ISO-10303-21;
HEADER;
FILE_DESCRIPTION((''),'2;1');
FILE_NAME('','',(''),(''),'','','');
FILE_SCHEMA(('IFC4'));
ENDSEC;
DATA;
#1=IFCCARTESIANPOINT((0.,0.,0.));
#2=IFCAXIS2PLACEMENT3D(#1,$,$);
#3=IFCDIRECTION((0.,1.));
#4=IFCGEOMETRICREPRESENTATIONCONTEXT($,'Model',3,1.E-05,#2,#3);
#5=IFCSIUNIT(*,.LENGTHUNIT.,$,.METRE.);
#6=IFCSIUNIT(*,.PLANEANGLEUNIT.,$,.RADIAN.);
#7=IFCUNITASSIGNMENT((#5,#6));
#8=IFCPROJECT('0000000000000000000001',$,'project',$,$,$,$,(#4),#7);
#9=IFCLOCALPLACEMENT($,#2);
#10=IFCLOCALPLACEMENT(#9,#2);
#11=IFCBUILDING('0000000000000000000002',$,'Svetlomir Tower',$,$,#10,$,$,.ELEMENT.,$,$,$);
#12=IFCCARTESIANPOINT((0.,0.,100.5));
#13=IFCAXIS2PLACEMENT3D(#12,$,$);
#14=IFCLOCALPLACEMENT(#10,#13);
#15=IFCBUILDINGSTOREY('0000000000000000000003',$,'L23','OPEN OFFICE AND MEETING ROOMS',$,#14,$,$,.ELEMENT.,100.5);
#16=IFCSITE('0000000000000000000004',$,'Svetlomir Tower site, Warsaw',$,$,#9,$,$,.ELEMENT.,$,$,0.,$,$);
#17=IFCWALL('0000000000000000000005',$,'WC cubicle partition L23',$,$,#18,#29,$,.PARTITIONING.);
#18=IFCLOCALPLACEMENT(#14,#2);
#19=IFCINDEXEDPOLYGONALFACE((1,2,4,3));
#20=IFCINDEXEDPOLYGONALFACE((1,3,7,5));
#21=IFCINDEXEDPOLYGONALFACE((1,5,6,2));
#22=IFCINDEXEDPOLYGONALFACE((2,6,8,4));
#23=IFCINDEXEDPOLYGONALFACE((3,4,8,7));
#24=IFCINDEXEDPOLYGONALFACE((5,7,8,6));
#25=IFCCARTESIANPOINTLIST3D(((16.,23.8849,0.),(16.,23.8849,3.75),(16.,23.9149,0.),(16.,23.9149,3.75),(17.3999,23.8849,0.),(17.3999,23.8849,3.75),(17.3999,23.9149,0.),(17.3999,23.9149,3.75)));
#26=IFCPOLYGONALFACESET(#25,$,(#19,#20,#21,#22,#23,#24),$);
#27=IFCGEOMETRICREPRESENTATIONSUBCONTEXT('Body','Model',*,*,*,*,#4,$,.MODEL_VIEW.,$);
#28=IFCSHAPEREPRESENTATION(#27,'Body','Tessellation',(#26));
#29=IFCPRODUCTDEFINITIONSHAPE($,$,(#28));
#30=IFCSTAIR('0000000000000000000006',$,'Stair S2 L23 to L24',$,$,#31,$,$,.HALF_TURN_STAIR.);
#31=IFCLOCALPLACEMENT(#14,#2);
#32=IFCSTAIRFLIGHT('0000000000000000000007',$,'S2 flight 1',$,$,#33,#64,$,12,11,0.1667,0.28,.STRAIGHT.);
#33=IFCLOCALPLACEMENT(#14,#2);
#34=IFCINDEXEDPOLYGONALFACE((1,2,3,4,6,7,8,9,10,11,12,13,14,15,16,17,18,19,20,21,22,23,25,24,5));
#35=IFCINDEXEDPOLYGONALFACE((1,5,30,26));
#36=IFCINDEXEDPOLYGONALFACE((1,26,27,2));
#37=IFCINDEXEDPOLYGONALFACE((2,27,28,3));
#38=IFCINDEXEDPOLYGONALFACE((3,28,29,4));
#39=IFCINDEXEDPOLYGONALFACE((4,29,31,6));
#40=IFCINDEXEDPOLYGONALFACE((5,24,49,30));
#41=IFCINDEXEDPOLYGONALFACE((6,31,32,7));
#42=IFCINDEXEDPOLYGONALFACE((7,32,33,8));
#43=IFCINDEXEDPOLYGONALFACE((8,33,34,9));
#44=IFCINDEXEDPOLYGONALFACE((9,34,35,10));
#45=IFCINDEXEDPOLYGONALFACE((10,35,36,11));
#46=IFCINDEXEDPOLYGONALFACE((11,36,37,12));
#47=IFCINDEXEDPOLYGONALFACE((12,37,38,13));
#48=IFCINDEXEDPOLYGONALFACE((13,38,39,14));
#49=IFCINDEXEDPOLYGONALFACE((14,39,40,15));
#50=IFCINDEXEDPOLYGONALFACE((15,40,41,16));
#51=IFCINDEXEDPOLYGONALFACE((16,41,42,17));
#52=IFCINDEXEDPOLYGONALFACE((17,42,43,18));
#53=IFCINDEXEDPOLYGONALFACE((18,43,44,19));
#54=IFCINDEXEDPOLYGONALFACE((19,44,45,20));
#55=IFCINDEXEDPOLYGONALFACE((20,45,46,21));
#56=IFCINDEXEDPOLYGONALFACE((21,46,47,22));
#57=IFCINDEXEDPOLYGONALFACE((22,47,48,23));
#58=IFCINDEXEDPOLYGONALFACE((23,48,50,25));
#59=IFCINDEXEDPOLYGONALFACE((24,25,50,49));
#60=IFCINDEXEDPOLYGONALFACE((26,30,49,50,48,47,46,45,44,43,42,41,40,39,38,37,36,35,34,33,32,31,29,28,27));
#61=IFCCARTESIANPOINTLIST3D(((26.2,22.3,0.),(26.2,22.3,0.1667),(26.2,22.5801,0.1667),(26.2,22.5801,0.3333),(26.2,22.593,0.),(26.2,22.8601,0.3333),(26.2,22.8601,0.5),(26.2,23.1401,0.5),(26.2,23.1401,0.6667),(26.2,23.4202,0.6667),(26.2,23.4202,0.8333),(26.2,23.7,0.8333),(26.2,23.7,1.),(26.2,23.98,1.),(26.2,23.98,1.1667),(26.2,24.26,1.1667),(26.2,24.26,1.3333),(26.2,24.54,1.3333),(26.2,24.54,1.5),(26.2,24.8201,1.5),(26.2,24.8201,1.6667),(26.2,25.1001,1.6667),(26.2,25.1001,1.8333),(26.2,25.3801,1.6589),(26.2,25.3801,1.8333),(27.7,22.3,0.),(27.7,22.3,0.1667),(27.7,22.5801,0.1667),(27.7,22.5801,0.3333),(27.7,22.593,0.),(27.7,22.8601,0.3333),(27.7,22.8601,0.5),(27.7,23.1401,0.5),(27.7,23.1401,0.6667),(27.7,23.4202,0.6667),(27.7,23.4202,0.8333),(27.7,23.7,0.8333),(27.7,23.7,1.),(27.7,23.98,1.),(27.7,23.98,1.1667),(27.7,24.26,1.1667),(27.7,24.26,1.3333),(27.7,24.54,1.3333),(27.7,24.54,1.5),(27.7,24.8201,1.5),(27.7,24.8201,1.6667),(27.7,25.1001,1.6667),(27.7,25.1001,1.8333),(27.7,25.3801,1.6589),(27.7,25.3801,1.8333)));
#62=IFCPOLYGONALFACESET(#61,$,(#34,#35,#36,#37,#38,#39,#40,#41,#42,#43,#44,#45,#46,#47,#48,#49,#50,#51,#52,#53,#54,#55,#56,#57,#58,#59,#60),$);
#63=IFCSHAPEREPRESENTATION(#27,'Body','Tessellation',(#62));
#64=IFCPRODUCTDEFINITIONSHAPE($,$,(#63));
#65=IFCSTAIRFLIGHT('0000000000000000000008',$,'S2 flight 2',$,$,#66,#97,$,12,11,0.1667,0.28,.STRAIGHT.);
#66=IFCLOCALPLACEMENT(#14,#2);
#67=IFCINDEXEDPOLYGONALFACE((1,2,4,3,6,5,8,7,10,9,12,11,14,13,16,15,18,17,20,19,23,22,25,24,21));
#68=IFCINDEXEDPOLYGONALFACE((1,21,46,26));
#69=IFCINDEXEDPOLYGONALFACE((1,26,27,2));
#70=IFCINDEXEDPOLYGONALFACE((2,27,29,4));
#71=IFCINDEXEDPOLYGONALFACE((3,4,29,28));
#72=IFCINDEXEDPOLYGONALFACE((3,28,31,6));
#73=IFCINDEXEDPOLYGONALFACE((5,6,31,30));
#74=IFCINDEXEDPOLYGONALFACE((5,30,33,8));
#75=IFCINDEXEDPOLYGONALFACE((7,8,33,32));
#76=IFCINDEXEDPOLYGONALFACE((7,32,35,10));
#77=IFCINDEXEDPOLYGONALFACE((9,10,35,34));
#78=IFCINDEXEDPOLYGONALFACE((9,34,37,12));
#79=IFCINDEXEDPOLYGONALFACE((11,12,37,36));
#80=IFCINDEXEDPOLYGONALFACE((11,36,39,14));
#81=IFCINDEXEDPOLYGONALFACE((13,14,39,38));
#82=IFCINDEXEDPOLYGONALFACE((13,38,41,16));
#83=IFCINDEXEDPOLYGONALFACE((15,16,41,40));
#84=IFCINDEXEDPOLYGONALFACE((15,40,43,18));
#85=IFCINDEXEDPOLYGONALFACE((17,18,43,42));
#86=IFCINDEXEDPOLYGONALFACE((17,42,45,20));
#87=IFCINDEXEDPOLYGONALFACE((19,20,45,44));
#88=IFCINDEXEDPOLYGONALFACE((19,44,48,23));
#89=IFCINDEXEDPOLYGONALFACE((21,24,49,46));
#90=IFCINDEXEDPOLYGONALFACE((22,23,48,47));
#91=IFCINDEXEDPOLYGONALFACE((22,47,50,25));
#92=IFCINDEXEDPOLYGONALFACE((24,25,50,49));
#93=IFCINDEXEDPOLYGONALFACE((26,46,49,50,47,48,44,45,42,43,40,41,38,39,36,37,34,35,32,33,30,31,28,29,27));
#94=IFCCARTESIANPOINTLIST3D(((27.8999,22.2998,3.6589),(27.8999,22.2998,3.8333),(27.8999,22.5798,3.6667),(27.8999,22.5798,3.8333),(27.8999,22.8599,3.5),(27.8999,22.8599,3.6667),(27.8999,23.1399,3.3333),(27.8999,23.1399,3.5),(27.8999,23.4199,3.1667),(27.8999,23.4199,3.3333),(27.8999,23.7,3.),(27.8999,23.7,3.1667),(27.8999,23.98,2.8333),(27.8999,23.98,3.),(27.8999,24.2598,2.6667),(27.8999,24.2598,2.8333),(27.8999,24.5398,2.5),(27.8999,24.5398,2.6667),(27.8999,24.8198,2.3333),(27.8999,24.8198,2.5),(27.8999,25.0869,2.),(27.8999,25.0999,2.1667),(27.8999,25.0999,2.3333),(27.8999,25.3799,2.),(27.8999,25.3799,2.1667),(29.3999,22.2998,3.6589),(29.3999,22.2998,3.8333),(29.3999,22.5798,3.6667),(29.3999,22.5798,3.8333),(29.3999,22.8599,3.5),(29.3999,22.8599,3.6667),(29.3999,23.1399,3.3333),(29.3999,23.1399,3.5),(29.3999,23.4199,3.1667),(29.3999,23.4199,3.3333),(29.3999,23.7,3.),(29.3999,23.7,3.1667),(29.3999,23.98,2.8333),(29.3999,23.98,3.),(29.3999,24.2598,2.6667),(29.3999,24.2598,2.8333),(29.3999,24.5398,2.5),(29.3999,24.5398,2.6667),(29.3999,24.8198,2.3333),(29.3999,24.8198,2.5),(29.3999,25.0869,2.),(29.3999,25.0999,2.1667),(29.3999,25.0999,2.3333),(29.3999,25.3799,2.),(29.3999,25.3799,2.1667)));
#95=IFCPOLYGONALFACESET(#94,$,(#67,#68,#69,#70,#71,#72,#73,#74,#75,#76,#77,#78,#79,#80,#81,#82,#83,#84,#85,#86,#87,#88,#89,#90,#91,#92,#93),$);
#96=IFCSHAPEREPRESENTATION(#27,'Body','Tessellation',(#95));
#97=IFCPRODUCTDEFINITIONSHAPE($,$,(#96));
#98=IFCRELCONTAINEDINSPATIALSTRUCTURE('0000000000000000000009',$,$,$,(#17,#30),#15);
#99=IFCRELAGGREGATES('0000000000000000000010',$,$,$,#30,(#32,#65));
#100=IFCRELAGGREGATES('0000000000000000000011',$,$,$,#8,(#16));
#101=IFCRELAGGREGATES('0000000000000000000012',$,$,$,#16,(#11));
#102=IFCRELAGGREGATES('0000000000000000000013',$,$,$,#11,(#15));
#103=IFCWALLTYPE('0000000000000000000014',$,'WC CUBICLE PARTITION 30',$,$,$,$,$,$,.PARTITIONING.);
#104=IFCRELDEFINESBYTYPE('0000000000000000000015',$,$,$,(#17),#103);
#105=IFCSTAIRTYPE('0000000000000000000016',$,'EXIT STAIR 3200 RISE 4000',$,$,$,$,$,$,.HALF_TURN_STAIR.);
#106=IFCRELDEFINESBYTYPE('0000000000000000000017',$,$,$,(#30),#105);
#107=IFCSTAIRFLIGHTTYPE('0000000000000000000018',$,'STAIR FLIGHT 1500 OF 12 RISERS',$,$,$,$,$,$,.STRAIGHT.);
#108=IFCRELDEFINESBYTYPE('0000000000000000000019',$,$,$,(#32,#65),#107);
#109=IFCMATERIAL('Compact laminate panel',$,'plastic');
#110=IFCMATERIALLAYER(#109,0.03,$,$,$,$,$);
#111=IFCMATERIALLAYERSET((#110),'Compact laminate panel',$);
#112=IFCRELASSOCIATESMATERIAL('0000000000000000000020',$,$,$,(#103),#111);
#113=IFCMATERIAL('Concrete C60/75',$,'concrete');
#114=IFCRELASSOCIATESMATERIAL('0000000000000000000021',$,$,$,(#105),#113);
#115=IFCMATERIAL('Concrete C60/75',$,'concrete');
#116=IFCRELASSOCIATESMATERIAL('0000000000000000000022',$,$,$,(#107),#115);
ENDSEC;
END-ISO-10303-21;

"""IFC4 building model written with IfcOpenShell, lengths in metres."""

from ifc_helpers import new_model, si_unit, direction, frame, frame_2d, origin, place, context, subcontext, project, spatial, polyline, rectangle, outline, extrude, material, layer, layer_set, type_object, element, aggregate, save


model = new_model("IFC4")

# Units and contexts
model_context = context("Model", 3, precision=1e-05, world=origin(), true_north=direction((0.0, 1.0)))
body_context = subcontext(model_context, "Body", "Model", "MODEL_VIEW")
ifc_project = project(units=[si_unit("LENGTHUNIT", "METRE"), si_unit("PLANEANGLEUNIT", "RADIAN")], contexts=[model_context])

# Site, building, storey
site_placement = place(None, origin())
site = spatial("IfcSite", under=ifc_project, at=site_placement, Name="Svetlomir Tower site, Warsaw", CompositionType="ELEMENT", RefElevation=0.0)
building_placement = place(site_placement, origin())
building = spatial("IfcBuilding", under=site, at=building_placement, Name="Svetlomir Tower", CompositionType="ELEMENT")
storey_placement = place(building_placement, frame((0.0, 0.0, 100.5)))
storey = spatial("IfcBuildingStorey", under=building, at=storey_placement, Name="L23", Description="OPEN OFFICE AND MEETING ROOMS", CompositionType="ELEMENT", Elevation=100.5)

# Wall
ifc_material_1 = material(Name="Compact laminate panel", Category="plastic")
ifc_layer_1 = layer(ifc_material_1, 0.03)
ifc_layer_set_1 = layer_set([ifc_layer_1], Name="Compact laminate panel")
wall_type_1 = type_object("IfcWallType", Name="WC CUBICLE PARTITION 30", PredefinedType="PARTITIONING", material=ifc_layer_set_1)
wall_1_placement = place(storey_placement, frame((16.0, 23.8999, 0.0), z_axis=(0.0, 0.0, 1.0), x_axis=(1.0, 0.0, 0.0)))
element("IfcWall", 1, at=wall_1_placement, inside=storey, type_object=wall_type_1, Name="WC cubicle partition L23", PredefinedType="PARTITIONING", context=body_context, shape_type="SweptSolid", body=[
    extrude(rectangle(XDim=1.3999, YDim=0.03, at=frame_2d((0.7, 0.0))), origin(), (0.0, 0.0, 1.0), 3.75),
])

# Stair, stair flights
ifc_material_2 = material(Name="Concrete C60/75", Category="concrete")
stair_type = type_object("IfcStairType", Name="EXIT STAIR 3200 RISE 4000", PredefinedType="HALF_TURN_STAIR", material=ifc_material_2)
stair_placement = place(storey_placement, origin())
stair = element("IfcStair", 2, at=stair_placement, inside=storey, type_object=stair_type, Name="Stair S2 L23 to L24", PredefinedType="HALF_TURN_STAIR")
ifc_material_3 = material(Name="Concrete C60/75", Category="concrete")
stair_flight_type = type_object("IfcStairFlightType", Name="STAIR FLIGHT 1500 OF 12 RISERS", PredefinedType="STRAIGHT", material=ifc_material_3)
stair_flight_1_placement = place(storey_placement, frame((26.95, 22.3, 0.0), z_axis=(0.0, 0.0, 1.0), x_axis=(0.0, 1.0, 0.0)))
stair_flight_1 = element("IfcStairFlight", 3, at=stair_flight_1_placement, type_object=stair_flight_type, Name="S2 flight 1", NumberOfRisers=12, NumberOfTreads=11, PredefinedType="STRAIGHT", RiserHeight=0.1667, TreadLength=0.28, context=body_context, shape_type="SweptSolid", body=[
    extrude(outline(polyline([(0.0, 0.0), (0.0, 0.1667), (0.28, 0.1667), (0.28, 0.3333), (0.5601, 0.3333), (0.5601, 0.5), (0.8401, 0.5), (0.8401, 0.6667), (1.1201, 0.6667), (1.1201, 0.8333), (1.3999, 0.8333), (1.3999, 1.0), (1.6799, 1.0), (1.6799, 1.1667), (1.96, 1.1667), (1.96, 1.3333), (2.24, 1.3333), (2.24, 1.5), (2.52, 1.5), (2.52, 1.6667), (2.8, 1.6667), (2.8, 1.8333), (3.0801, 1.8333), (3.0801, 2.0), (3.0801, 1.6589), (0.293, 0.0), (0.0, 0.0)])), frame((0.0, 0.75, 0.0), z_axis=(0.0, -1.0, 0.0), x_axis=(1.0, 0.0, 0.0)), (0.0, 0.0, 1.0), 1.5),
])
stair_flight_2_placement = place(storey_placement, frame((28.6499, 25.3799, 2.0), z_axis=(0.0, 0.0, 1.0), x_axis=(0.0, -1.0, 0.0)))
stair_flight_2 = element("IfcStairFlight", 4, at=stair_flight_2_placement, type_object=stair_flight_type, Name="S2 flight 2", NumberOfRisers=12, NumberOfTreads=11, PredefinedType="STRAIGHT", RiserHeight=0.1667, TreadLength=0.28, context=body_context, shape_type="SweptSolid", body=[
    extrude(outline(polyline([(0.0, 0.0), (0.0, 0.1667), (0.28, 0.1667), (0.28, 0.3333), (0.5601, 0.3333), (0.5601, 0.5), (0.8401, 0.5), (0.8401, 0.6667), (1.1201, 0.6667), (1.1201, 0.8333), (1.3999, 0.8333), (1.3999, 1.0), (1.6799, 1.0), (1.6799, 1.1667), (1.96, 1.1667), (1.96, 1.3333), (2.24, 1.3333), (2.24, 1.5), (2.52, 1.5), (2.52, 1.6667), (2.8, 1.6667), (2.8, 1.8333), (3.0801, 1.8333), (3.0801, 2.0), (3.0801, 1.6589), (0.293, 0.0), (0.0, 0.0)])), frame((0.0, 0.75, 0.0), z_axis=(0.0, -1.0, 0.0), x_axis=(1.0, 0.0, 0.0)), (0.0, 0.0, 1.0), 1.5),
])
aggregate(stair, [stair_flight_1, stair_flight_2])

save(model, "model.ifc")
